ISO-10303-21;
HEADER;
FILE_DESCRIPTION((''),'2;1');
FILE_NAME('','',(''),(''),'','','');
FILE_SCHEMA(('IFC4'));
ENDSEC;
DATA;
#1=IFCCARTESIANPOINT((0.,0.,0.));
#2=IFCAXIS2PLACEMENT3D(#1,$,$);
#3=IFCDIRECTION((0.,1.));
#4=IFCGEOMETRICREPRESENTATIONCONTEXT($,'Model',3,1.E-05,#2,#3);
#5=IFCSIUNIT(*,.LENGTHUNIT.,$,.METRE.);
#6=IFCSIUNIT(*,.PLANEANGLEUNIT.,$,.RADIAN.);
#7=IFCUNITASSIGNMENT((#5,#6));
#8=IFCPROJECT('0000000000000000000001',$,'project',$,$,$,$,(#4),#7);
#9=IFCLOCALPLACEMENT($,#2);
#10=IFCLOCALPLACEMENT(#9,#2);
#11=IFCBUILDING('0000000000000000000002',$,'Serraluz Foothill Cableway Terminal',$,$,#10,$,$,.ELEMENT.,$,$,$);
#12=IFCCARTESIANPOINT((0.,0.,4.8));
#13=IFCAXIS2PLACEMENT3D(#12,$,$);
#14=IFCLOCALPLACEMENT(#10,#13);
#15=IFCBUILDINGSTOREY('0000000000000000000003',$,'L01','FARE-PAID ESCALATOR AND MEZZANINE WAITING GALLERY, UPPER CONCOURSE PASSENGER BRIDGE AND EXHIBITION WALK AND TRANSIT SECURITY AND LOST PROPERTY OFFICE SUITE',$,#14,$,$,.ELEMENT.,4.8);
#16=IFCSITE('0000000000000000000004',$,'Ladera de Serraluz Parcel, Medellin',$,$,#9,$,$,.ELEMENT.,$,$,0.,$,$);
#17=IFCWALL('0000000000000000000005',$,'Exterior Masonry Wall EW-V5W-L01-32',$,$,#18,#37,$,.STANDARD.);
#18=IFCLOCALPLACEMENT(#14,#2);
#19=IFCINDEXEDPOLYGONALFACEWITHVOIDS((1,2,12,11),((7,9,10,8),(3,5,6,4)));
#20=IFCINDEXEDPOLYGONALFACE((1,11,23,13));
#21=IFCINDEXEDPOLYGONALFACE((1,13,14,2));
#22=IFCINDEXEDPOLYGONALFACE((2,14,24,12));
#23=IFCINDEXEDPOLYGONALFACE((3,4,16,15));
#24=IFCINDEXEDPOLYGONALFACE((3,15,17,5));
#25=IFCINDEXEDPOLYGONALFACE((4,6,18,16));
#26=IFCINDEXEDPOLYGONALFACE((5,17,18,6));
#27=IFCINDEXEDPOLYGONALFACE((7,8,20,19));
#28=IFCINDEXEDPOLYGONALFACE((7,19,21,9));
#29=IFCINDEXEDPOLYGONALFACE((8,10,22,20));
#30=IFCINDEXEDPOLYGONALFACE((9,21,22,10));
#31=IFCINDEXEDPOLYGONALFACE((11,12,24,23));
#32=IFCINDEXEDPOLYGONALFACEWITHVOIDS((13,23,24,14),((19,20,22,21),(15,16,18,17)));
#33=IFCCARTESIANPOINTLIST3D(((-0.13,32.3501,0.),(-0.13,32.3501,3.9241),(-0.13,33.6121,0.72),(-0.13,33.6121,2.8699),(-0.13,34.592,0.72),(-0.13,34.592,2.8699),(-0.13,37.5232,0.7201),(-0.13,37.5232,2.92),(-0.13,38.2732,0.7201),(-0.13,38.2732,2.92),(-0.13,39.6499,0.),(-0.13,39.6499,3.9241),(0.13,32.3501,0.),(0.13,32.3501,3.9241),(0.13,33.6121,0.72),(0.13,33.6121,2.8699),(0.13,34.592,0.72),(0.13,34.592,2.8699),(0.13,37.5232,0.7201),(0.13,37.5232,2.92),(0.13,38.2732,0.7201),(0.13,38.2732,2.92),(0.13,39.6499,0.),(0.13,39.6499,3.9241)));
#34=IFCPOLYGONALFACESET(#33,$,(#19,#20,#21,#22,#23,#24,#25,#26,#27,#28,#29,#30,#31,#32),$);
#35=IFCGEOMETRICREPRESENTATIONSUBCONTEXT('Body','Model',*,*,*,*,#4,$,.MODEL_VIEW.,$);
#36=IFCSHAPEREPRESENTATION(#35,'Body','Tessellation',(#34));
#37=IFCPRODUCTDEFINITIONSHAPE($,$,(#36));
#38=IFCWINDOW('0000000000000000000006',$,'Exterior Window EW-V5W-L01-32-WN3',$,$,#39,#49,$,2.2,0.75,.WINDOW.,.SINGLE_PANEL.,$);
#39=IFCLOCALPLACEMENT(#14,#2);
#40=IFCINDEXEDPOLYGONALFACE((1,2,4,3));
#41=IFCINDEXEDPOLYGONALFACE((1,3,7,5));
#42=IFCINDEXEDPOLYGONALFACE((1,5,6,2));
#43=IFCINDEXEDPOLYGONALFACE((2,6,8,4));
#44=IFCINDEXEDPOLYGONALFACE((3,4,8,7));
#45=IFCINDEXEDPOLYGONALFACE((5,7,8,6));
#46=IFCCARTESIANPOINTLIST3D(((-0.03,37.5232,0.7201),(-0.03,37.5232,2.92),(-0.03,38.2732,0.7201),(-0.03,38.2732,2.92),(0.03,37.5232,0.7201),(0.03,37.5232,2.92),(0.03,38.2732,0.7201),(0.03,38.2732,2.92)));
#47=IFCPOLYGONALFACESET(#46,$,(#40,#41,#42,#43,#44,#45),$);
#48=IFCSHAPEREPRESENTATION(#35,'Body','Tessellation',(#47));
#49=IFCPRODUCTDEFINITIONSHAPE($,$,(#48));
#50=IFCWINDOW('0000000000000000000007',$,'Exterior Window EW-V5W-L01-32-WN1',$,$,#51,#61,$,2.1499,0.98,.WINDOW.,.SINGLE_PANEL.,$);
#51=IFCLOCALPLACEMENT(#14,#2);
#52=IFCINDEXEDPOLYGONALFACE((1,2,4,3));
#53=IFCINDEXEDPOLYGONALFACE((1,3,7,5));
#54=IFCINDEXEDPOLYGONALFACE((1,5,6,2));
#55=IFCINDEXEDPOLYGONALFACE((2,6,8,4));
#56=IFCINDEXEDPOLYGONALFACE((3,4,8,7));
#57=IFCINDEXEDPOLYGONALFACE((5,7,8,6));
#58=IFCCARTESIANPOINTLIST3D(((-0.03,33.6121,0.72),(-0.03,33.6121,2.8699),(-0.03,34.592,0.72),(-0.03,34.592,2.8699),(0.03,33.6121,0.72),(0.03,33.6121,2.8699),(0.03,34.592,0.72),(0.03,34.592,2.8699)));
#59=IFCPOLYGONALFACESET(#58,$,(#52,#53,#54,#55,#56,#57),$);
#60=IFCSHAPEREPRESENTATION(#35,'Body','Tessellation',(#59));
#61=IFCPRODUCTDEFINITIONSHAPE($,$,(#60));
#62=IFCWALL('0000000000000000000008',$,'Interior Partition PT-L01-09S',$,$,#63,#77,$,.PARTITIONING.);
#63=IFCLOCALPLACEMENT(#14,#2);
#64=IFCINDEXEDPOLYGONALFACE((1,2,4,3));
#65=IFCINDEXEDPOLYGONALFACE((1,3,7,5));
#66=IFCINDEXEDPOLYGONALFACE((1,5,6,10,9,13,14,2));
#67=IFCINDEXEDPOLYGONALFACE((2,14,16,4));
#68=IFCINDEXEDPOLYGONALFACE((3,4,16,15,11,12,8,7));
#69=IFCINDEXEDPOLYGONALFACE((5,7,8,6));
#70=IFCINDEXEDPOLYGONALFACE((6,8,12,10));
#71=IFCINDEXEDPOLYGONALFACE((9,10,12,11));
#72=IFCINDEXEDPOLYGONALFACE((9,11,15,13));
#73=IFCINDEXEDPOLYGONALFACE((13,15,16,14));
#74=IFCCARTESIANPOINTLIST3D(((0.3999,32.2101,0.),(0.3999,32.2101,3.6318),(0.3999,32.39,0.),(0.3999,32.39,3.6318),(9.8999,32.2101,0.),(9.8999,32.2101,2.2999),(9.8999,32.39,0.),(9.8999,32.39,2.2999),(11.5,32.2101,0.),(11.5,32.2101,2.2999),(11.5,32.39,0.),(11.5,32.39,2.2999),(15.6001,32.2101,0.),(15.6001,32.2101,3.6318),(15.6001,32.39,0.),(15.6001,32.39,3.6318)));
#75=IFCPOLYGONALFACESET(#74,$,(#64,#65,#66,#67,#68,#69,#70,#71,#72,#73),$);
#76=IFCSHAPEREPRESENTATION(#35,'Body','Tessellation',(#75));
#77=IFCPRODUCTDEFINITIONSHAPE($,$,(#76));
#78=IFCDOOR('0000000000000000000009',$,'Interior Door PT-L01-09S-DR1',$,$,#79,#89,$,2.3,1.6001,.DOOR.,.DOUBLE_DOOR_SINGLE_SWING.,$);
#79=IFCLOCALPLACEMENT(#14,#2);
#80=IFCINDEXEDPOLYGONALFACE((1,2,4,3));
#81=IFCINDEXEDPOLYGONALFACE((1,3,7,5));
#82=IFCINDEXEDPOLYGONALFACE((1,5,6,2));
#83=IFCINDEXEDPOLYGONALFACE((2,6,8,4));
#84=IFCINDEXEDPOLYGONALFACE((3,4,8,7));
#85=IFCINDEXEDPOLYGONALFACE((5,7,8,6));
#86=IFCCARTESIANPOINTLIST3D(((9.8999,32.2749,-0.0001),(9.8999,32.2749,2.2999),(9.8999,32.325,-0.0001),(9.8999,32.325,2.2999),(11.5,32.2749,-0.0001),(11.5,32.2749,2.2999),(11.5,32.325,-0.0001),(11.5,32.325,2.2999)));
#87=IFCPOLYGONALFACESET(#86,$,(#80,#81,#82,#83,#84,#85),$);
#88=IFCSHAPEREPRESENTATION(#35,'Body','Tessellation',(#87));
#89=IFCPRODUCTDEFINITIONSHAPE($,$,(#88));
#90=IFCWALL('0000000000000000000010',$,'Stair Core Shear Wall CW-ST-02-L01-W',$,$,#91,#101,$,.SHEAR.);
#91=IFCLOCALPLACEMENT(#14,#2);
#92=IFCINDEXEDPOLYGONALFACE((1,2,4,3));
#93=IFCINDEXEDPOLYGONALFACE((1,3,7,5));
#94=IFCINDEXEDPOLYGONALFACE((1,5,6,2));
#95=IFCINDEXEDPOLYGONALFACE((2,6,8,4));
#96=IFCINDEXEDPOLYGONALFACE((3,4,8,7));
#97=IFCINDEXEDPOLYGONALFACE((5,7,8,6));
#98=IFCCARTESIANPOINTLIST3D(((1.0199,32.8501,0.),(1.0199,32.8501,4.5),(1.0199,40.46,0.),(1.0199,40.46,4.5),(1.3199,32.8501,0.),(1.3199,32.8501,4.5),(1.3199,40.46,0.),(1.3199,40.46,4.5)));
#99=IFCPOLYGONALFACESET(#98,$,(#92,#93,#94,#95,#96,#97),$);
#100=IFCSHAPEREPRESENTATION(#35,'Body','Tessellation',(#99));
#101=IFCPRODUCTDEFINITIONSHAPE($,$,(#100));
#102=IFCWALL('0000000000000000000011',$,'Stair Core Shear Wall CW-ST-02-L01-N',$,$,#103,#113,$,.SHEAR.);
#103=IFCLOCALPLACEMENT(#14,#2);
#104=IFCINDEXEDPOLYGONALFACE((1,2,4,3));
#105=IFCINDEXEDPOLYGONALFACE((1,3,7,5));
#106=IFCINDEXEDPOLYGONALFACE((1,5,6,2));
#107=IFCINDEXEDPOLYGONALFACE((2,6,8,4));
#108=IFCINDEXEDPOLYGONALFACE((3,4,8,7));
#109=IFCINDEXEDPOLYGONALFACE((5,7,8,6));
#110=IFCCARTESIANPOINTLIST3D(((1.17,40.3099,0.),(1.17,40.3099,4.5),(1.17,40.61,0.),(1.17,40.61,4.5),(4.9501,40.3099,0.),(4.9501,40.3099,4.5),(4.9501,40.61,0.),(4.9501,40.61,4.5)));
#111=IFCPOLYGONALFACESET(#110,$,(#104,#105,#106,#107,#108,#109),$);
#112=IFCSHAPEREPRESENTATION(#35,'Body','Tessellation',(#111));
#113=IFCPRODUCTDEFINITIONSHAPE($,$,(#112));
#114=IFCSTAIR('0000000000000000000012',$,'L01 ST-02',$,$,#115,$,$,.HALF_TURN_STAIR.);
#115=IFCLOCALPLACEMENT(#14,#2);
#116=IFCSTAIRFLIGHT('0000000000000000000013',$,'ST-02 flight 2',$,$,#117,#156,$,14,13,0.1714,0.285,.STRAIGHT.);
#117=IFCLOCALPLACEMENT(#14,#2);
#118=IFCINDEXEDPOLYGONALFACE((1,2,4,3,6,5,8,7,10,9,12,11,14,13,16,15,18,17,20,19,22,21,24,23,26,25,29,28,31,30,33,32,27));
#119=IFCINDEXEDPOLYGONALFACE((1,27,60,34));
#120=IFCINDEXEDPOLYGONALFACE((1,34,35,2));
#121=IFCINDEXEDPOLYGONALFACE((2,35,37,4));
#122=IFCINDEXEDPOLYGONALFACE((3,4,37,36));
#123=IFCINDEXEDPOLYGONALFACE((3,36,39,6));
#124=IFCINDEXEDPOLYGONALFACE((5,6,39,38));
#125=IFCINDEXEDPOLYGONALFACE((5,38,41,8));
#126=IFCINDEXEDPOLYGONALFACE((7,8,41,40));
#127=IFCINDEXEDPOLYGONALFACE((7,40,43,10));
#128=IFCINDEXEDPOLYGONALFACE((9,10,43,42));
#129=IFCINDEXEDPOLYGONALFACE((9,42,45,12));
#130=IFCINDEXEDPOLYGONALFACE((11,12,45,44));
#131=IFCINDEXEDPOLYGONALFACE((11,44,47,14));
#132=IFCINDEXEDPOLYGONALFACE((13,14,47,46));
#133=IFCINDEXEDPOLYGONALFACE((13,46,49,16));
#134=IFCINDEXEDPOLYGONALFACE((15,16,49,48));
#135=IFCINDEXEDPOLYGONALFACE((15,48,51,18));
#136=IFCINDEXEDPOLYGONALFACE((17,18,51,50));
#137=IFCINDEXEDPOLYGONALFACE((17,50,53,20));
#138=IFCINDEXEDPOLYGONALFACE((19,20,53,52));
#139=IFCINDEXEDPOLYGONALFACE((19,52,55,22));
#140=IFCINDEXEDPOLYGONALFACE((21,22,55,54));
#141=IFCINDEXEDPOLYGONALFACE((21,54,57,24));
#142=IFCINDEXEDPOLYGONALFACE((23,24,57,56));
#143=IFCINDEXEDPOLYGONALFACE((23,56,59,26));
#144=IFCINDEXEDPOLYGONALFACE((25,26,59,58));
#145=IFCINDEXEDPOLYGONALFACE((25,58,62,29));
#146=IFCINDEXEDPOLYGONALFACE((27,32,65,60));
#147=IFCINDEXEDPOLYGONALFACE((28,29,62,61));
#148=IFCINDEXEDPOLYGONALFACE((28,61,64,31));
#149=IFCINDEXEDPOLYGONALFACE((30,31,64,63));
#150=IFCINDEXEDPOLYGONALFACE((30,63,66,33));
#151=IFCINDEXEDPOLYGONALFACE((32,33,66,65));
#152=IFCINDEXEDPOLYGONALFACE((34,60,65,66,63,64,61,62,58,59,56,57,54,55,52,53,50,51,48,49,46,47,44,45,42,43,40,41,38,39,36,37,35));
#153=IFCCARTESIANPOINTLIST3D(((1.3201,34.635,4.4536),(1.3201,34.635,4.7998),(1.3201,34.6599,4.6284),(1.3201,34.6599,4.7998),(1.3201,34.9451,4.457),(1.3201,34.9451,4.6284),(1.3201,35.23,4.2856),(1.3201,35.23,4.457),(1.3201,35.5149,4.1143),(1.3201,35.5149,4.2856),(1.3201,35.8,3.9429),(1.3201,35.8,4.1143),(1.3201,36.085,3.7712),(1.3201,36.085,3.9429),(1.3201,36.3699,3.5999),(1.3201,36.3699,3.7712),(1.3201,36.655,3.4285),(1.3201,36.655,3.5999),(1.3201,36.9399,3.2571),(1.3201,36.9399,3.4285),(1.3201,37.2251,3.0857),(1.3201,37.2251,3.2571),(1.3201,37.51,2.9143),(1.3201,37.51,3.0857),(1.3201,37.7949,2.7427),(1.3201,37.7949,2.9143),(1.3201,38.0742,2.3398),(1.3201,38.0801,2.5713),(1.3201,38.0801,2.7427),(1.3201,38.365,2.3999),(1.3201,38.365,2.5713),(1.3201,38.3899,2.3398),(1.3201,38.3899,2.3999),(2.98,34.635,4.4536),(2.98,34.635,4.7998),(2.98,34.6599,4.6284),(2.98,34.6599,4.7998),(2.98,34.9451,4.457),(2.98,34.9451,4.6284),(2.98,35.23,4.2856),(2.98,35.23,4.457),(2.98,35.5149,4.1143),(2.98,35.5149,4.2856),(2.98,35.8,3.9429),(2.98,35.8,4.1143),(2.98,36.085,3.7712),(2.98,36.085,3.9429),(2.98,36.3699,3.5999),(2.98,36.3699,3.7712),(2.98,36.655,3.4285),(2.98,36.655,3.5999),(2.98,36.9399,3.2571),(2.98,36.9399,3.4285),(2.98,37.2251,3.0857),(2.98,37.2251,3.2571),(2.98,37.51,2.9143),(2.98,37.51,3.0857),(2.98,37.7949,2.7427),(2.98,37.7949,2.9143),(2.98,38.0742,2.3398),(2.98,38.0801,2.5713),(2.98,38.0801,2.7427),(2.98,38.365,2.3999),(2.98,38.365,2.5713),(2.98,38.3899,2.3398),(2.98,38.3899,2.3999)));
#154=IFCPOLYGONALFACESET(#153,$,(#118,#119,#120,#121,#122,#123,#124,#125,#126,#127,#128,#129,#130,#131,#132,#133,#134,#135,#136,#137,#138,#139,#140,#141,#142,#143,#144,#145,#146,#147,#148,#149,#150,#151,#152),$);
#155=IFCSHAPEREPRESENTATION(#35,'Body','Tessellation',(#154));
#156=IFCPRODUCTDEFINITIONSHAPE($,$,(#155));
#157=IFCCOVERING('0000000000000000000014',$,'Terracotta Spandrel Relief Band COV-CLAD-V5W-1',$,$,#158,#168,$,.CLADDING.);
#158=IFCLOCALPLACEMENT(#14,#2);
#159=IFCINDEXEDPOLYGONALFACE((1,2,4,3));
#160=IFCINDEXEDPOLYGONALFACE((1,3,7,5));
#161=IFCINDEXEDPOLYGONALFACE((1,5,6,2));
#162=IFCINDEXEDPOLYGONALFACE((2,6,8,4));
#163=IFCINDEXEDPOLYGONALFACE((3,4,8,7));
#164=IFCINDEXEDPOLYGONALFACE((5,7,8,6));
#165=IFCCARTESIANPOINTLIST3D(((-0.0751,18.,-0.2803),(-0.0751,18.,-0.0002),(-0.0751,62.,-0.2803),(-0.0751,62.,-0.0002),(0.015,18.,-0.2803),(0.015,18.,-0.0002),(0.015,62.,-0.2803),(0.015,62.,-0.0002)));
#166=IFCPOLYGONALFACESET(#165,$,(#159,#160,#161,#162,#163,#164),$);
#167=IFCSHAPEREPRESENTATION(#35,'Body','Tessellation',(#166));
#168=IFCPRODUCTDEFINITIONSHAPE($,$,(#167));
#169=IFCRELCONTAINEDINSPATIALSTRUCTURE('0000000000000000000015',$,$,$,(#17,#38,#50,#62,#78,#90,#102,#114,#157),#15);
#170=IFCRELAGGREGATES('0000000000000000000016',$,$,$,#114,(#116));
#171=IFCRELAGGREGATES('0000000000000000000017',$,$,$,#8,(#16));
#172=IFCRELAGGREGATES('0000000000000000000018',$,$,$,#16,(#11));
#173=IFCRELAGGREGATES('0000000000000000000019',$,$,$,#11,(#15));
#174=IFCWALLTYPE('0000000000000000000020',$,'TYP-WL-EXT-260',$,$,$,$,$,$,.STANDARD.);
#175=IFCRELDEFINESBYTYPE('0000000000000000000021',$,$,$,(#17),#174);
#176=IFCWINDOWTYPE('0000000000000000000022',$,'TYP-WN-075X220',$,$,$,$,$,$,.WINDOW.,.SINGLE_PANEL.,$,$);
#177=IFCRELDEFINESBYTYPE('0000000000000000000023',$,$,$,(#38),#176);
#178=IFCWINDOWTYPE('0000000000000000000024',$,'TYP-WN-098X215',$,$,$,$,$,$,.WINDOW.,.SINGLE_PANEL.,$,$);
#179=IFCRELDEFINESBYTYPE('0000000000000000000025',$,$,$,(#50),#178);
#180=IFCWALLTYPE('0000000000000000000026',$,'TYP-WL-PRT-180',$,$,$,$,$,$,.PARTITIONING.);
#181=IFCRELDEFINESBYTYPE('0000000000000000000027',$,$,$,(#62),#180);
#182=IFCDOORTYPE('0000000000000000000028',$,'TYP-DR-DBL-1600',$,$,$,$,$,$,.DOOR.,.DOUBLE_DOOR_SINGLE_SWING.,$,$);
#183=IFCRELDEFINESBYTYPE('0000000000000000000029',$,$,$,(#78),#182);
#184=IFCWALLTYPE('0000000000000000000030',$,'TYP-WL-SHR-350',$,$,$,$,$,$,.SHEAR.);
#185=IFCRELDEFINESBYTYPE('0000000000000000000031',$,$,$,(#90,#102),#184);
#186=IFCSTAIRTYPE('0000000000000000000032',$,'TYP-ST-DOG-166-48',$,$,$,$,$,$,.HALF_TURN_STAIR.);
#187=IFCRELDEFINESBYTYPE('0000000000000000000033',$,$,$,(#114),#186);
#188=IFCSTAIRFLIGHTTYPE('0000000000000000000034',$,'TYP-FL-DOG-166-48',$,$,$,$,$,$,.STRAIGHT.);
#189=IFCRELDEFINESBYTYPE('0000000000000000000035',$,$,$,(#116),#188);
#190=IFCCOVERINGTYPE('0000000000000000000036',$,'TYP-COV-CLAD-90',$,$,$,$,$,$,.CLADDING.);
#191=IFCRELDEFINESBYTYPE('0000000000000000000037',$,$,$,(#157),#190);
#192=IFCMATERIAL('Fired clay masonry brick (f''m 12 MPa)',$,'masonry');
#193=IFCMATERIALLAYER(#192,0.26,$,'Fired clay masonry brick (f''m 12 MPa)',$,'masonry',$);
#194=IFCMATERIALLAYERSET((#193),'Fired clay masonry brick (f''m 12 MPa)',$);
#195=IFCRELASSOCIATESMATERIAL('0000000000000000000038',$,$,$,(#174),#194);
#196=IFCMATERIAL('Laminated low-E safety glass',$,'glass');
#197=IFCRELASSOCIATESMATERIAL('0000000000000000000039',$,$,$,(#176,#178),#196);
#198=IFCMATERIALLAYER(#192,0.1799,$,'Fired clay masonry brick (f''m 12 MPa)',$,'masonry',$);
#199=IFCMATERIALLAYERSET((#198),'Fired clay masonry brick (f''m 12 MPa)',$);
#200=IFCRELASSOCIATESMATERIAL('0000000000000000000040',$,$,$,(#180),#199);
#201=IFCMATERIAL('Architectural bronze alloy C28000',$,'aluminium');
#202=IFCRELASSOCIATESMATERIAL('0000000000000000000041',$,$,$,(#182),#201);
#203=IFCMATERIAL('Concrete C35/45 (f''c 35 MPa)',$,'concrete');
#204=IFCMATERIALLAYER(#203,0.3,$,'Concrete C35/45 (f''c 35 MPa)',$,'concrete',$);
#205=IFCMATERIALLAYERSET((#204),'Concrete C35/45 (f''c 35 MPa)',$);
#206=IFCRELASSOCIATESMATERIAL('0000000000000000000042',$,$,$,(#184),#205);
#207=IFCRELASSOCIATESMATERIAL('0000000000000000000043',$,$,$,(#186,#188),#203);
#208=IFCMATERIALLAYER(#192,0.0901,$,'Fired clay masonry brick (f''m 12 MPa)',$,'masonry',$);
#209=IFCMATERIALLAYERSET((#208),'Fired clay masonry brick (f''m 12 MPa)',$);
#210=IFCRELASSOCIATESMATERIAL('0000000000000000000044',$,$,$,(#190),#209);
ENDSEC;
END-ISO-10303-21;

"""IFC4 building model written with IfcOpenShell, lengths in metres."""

from ifc_helpers import new_model, si_unit, direction, frame, frame_2d, origin, origin_2d, place, context, subcontext, project, spatial, polyline, rectangle, outline, extrude, material, layer, layer_set, type_object, element, fill, aggregate, save


model = new_model("IFC4")

# Units and contexts
model_context = context("Model", 3, precision=1e-05, world=origin(), true_north=direction((0.0, 1.0)))
body_context = subcontext(model_context, "Body", "Model", "MODEL_VIEW")
ifc_project = project(units=[si_unit("LENGTHUNIT", "METRE"), si_unit("PLANEANGLEUNIT", "RADIAN")], contexts=[model_context])

# Site, building, storey
site_placement = place(None, origin())
site = spatial("IfcSite", under=ifc_project, at=site_placement, Name="Ladera de Serraluz Parcel, Medellin", CompositionType="ELEMENT", RefElevation=0.0)
building_placement = place(site_placement, origin())
building = spatial("IfcBuilding", under=site, at=building_placement, Name="Serraluz Foothill Cableway Terminal", CompositionType="ELEMENT")
storey_placement = place(building_placement, frame((0.0, 0.0, 4.8)))
storey = spatial("IfcBuildingStorey", under=building, at=storey_placement, Name="L01", Description="FARE-PAID ESCALATOR AND MEZZANINE WAITING GALLERY, UPPER CONCOURSE PASSENGER BRIDGE AND EXHIBITION WALK AND TRANSIT SECURITY AND LOST PROPERTY OFFICE SUITE", CompositionType="ELEMENT", Elevation=4.8)

# Shared definitions
ifc_material_1 = material(Name="Concrete C35/45 (f'c 35 MPa)", Category="concrete")
ifc_material_2 = material(Name="Fired clay masonry brick (f'm 12 MPa)", Category="masonry")

# Shared definitions
ifc_material_3 = material(Name="Architectural bronze alloy C28000", Category="aluminium")

# Wall, openings, windows
ifc_layer_1 = layer(ifc_material_2, 0.26, Name="Fired clay masonry brick (f'm 12 MPa)", Category="masonry")
ifc_layer_set_1 = layer_set([ifc_layer_1], Name="Fired clay masonry brick (f'm 12 MPa)")
wall_type_1 = type_object("IfcWallType", Name="TYP-WL-EXT-260", PredefinedType="STANDARD", material=ifc_layer_set_1)
wall_1_placement = place(storey_placement, frame((0.0, 32.3501, 0.0), z_axis=(0.0, 0.0, 1.0), x_axis=(0.0, 1.0, 0.0)))
wall_1 = element("IfcWall", 1, at=wall_1_placement, inside=storey, type_object=wall_type_1, Name="Exterior Masonry Wall EW-V5W-L01-32", PredefinedType="STANDARD", context=body_context, shape_type="SweptSolid", body=[
    extrude(rectangle(XDim=7.2998, YDim=0.26, at=frame_2d((3.6499, 0.0))), origin(), (0.0, 0.0, 1.0), 3.9241),
])
opening_1_placement = place(wall_1_placement, frame((1.262, 0.0, 0.72)))
opening_1 = element("IfcOpeningElement", 2, at=opening_1_placement, cuts=wall_1, PredefinedType="OPENING", context=body_context, shape_type="SweptSolid", body=[
    extrude(rectangle(XDim=0.98, YDim=2.1499, at=frame_2d((0.49, 1.075))), frame((0.0, 0.1401, 0.0), z_axis=(0.0, -1.0, 0.0), x_axis=(1.0, 0.0, 0.0)), (0.0, 0.0, 1.0), 0.28),
])
opening_2_placement = place(wall_1_placement, frame((5.1731, 0.0, 0.72)))
opening_2 = element("IfcOpeningElement", 3, at=opening_2_placement, cuts=wall_1, PredefinedType="OPENING", context=body_context, shape_type="SweptSolid", body=[
    extrude(rectangle(XDim=0.75, YDim=2.2, at=frame_2d((0.375, 1.1001))), frame((0.0, 0.1401, 0.0), z_axis=(0.0, -1.0, 0.0), x_axis=(1.0, 0.0, 0.0)), (0.0, 0.0, 1.0), 0.28),
])
ifc_material_4 = material(Name="Laminated low-E safety glass", Category="glass")
window_type_1 = type_object("IfcWindowType", Name="TYP-WN-075X220", PartitioningType="SINGLE_PANEL", PredefinedType="WINDOW", material=ifc_material_4)
window_1_placement = place(opening_2_placement, origin())
window_1 = element("IfcWindow", 4, at=window_1_placement, inside=storey, type_object=window_type_1, Name="Exterior Window EW-V5W-L01-32-WN3", OverallHeight=2.2, OverallWidth=0.75, PartitioningType="SINGLE_PANEL", PredefinedType="WINDOW", context=body_context, shape_type="SweptSolid", body=[
    extrude(rectangle(XDim=0.75, YDim=2.2, at=frame_2d((0.375, 1.1001))), frame((0.0, 0.03, 0.0), z_axis=(0.0, -1.0, 0.0), x_axis=(1.0, 0.0, 0.0)), (0.0, 0.0, 1.0), 0.0601),
])
fill(opening_2, window_1)
window_type_2 = type_object("IfcWindowType", Name="TYP-WN-098X215", PartitioningType="SINGLE_PANEL", PredefinedType="WINDOW", material=ifc_material_4)
window_2_placement = place(opening_1_placement, origin())
window_2 = element("IfcWindow", 5, at=window_2_placement, inside=storey, type_object=window_type_2, Name="Exterior Window EW-V5W-L01-32-WN1", OverallHeight=2.1499, OverallWidth=0.98, PartitioningType="SINGLE_PANEL", PredefinedType="WINDOW", context=body_context, shape_type="SweptSolid", body=[
    extrude(rectangle(XDim=0.98, YDim=2.1499, at=frame_2d((0.49, 1.075))), frame((0.0, 0.03, 0.0), z_axis=(0.0, -1.0, 0.0), x_axis=(1.0, 0.0, 0.0)), (0.0, 0.0, 1.0), 0.0601),
])
fill(opening_1, window_2)

# Wall, opening, door
ifc_layer_2 = layer(ifc_material_2, 0.1799, Name="Fired clay masonry brick (f'm 12 MPa)", Category="masonry")
ifc_layer_set_2 = layer_set([ifc_layer_2], Name="Fired clay masonry brick (f'm 12 MPa)")
wall_type_2 = type_object("IfcWallType", Name="TYP-WL-PRT-180", PredefinedType="PARTITIONING", material=ifc_layer_set_2)
wall_2_placement = place(storey_placement, frame((0.3999, 32.3, 0.0), z_axis=(0.0, 0.0, 1.0), x_axis=(1.0, 0.0, 0.0)))
wall_2 = element("IfcWall", 6, at=wall_2_placement, inside=storey, type_object=wall_type_2, Name="Interior Partition PT-L01-09S", PredefinedType="PARTITIONING", context=body_context, shape_type="SweptSolid", body=[
    extrude(rectangle(XDim=15.2002, YDim=0.1799, at=frame_2d((7.6001, 0.0))), origin(), (0.0, 0.0, 1.0), 3.6318),
])
opening_3_placement = place(wall_2_placement, frame((9.5, 0.0, 0.0)))
opening_3 = element("IfcOpeningElement", 7, at=opening_3_placement, cuts=wall_2, PredefinedType="OPENING", context=body_context, shape_type="SweptSolid", body=[
    extrude(rectangle(XDim=1.6001, YDim=2.3, at=frame_2d((0.8, 1.1499))), frame((0.0, 0.1001, 0.0), z_axis=(0.0, -1.0, 0.0), x_axis=(1.0, 0.0, 0.0)), (0.0, 0.0, 1.0), 0.2),
])
door_type = type_object("IfcDoorType", Name="TYP-DR-DBL-1600", OperationType="DOUBLE_DOOR_SINGLE_SWING", PredefinedType="DOOR", material=ifc_material_3)
door_placement = place(opening_3_placement, origin())
door = element("IfcDoor", 8, at=door_placement, inside=storey, type_object=door_type, Name="Interior Door PT-L01-09S-DR1", OperationType="DOUBLE_DOOR_SINGLE_SWING", OverallHeight=2.3, OverallWidth=1.6001, PredefinedType="DOOR", context=body_context, shape_type="SweptSolid", body=[
    extrude(rectangle(XDim=1.6001, YDim=2.3, at=frame_2d((0.8, 1.1499))), frame((0.0, 0.0249, 0.0), z_axis=(0.0, -1.0, 0.0), x_axis=(1.0, 0.0, 0.0)), (0.0, 0.0, 1.0), 0.05),
])
fill(opening_3, door)

# Walls
ifc_layer_3 = layer(ifc_material_1, 0.3, Name="Concrete C35/45 (f'c 35 MPa)", Category="concrete")
ifc_layer_set_3 = layer_set([ifc_layer_3], Name="Concrete C35/45 (f'c 35 MPa)")
wall_type_3 = type_object("IfcWallType", Name="TYP-WL-SHR-350", PredefinedType="SHEAR", material=ifc_layer_set_3)
wall_3_placement = place(storey_placement, frame((1.1699, 32.8501, 0.0), z_axis=(0.0, 0.0, 1.0), x_axis=(0.0, 1.0, 0.0)))
element("IfcWall", 9, at=wall_3_placement, inside=storey, type_object=wall_type_3, Name="Stair Core Shear Wall CW-ST-02-L01-W", PredefinedType="SHEAR", context=body_context, shape_type="SweptSolid", body=[
    extrude(rectangle(XDim=7.6099, YDim=0.3, at=frame_2d((3.8049, 0.0))), origin(), (0.0, 0.0, 1.0), 4.5),
])
wall_4_placement = place(storey_placement, frame((1.1699, 40.46, 0.0), z_axis=(0.0, 0.0, 1.0), x_axis=(1.0, 0.0, 0.0)))
element("IfcWall", 10, at=wall_4_placement, inside=storey, type_object=wall_type_3, Name="Stair Core Shear Wall CW-ST-02-L01-N", PredefinedType="SHEAR", context=body_context, shape_type="SweptSolid", body=[
    extrude(rectangle(XDim=3.78, YDim=0.3, at=frame_2d((1.8901, 0.0))), origin(), (0.0, 0.0, 1.0), 4.5),
])

# Stair, stair flight
stair_type = type_object("IfcStairType", Name="TYP-ST-DOG-166-48", PredefinedType="HALF_TURN_STAIR", material=ifc_material_1)
stair_placement = place(storey_placement, origin())
stair = element("IfcStair", 11, at=stair_placement, inside=storey, type_object=stair_type, Name="L01 ST-02", PredefinedType="HALF_TURN_STAIR")
stair_flight_type = type_object("IfcStairFlightType", Name="TYP-FL-DOG-166-48", PredefinedType="STRAIGHT", material=ifc_material_1)
stair_flight_placement = place(storey_placement, frame((2.1499, 38.365, 2.3999), z_axis=(0.0, 0.0, 1.0), x_axis=(0.0, -1.0, 0.0)))
stair_flight = element("IfcStairFlight", 12, at=stair_flight_placement, type_object=stair_flight_type, Name="ST-02 flight 2", NumberOfRisers=14, NumberOfTreads=13, PredefinedType="STRAIGHT", RiserHeight=0.1714, TreadLength=0.285, context=body_context, shape_type="SweptSolid", body=[
    extrude(outline(polyline([(-0.0249, -0.0601), (-0.0249, 0.0), (0.0, 0.0), (0.0, 0.1714), (0.2849, 0.1714), (0.2849, 0.3428), (0.5701, 0.3428), (0.5701, 0.5144), (0.855, 0.5144), (0.855, 0.6858), (1.1399, 0.6858), (1.1399, 0.8572), (1.425, 0.8572), (1.425, 1.0286), (1.71, 1.0286), (1.71, 1.2), (1.9951, 1.2), (1.9951, 1.3713), (2.28, 1.3713), (2.28, 1.543), (2.5649, 1.543), (2.5649, 1.7144), (2.8501, 1.7144), (2.8501, 1.8857), (3.135, 1.8857), (3.135, 2.0571), (3.4199, 2.0571), (3.4199, 2.2285), (3.7051, 2.2285), (3.7051, 2.3999), (3.73, 2.3999), (3.73, 2.0537), (0.2908, -0.0601), (-0.0249, -0.0601)])), frame((0.0, 0.8301, 0.0), z_axis=(0.0, -1.0, 0.0), x_axis=(1.0, 0.0, 0.0)), (0.0, 0.0, 1.0), 1.6599),
])
aggregate(stair, [stair_flight])

# Covering
ifc_layer_4 = layer(ifc_material_2, 0.0901, Name="Fired clay masonry brick (f'm 12 MPa)", Category="masonry")
ifc_layer_set_4 = layer_set([ifc_layer_4], Name="Fired clay masonry brick (f'm 12 MPa)")
covering_type = type_object("IfcCoveringType", Name="TYP-COV-CLAD-90", PredefinedType="CLADDING", material=ifc_layer_set_4)
covering_placement = place(storey_placement, frame((-0.03, 40.0, -0.2803), z_axis=(0.0, 0.0, 1.0), x_axis=(0.0, 1.0, 0.0)))
element("IfcCovering", 13, at=covering_placement, inside=storey, type_object=covering_type, Name="Terracotta Spandrel Relief Band COV-CLAD-V5W-1", PredefinedType="CLADDING", context=body_context, shape_type="SweptSolid", body=[
    extrude(rectangle(XDim=44.0, YDim=0.0901, at=origin_2d()), origin(), (0.0, 0.0, 1.0), 0.28),
])

save(model, "model.ifc")
